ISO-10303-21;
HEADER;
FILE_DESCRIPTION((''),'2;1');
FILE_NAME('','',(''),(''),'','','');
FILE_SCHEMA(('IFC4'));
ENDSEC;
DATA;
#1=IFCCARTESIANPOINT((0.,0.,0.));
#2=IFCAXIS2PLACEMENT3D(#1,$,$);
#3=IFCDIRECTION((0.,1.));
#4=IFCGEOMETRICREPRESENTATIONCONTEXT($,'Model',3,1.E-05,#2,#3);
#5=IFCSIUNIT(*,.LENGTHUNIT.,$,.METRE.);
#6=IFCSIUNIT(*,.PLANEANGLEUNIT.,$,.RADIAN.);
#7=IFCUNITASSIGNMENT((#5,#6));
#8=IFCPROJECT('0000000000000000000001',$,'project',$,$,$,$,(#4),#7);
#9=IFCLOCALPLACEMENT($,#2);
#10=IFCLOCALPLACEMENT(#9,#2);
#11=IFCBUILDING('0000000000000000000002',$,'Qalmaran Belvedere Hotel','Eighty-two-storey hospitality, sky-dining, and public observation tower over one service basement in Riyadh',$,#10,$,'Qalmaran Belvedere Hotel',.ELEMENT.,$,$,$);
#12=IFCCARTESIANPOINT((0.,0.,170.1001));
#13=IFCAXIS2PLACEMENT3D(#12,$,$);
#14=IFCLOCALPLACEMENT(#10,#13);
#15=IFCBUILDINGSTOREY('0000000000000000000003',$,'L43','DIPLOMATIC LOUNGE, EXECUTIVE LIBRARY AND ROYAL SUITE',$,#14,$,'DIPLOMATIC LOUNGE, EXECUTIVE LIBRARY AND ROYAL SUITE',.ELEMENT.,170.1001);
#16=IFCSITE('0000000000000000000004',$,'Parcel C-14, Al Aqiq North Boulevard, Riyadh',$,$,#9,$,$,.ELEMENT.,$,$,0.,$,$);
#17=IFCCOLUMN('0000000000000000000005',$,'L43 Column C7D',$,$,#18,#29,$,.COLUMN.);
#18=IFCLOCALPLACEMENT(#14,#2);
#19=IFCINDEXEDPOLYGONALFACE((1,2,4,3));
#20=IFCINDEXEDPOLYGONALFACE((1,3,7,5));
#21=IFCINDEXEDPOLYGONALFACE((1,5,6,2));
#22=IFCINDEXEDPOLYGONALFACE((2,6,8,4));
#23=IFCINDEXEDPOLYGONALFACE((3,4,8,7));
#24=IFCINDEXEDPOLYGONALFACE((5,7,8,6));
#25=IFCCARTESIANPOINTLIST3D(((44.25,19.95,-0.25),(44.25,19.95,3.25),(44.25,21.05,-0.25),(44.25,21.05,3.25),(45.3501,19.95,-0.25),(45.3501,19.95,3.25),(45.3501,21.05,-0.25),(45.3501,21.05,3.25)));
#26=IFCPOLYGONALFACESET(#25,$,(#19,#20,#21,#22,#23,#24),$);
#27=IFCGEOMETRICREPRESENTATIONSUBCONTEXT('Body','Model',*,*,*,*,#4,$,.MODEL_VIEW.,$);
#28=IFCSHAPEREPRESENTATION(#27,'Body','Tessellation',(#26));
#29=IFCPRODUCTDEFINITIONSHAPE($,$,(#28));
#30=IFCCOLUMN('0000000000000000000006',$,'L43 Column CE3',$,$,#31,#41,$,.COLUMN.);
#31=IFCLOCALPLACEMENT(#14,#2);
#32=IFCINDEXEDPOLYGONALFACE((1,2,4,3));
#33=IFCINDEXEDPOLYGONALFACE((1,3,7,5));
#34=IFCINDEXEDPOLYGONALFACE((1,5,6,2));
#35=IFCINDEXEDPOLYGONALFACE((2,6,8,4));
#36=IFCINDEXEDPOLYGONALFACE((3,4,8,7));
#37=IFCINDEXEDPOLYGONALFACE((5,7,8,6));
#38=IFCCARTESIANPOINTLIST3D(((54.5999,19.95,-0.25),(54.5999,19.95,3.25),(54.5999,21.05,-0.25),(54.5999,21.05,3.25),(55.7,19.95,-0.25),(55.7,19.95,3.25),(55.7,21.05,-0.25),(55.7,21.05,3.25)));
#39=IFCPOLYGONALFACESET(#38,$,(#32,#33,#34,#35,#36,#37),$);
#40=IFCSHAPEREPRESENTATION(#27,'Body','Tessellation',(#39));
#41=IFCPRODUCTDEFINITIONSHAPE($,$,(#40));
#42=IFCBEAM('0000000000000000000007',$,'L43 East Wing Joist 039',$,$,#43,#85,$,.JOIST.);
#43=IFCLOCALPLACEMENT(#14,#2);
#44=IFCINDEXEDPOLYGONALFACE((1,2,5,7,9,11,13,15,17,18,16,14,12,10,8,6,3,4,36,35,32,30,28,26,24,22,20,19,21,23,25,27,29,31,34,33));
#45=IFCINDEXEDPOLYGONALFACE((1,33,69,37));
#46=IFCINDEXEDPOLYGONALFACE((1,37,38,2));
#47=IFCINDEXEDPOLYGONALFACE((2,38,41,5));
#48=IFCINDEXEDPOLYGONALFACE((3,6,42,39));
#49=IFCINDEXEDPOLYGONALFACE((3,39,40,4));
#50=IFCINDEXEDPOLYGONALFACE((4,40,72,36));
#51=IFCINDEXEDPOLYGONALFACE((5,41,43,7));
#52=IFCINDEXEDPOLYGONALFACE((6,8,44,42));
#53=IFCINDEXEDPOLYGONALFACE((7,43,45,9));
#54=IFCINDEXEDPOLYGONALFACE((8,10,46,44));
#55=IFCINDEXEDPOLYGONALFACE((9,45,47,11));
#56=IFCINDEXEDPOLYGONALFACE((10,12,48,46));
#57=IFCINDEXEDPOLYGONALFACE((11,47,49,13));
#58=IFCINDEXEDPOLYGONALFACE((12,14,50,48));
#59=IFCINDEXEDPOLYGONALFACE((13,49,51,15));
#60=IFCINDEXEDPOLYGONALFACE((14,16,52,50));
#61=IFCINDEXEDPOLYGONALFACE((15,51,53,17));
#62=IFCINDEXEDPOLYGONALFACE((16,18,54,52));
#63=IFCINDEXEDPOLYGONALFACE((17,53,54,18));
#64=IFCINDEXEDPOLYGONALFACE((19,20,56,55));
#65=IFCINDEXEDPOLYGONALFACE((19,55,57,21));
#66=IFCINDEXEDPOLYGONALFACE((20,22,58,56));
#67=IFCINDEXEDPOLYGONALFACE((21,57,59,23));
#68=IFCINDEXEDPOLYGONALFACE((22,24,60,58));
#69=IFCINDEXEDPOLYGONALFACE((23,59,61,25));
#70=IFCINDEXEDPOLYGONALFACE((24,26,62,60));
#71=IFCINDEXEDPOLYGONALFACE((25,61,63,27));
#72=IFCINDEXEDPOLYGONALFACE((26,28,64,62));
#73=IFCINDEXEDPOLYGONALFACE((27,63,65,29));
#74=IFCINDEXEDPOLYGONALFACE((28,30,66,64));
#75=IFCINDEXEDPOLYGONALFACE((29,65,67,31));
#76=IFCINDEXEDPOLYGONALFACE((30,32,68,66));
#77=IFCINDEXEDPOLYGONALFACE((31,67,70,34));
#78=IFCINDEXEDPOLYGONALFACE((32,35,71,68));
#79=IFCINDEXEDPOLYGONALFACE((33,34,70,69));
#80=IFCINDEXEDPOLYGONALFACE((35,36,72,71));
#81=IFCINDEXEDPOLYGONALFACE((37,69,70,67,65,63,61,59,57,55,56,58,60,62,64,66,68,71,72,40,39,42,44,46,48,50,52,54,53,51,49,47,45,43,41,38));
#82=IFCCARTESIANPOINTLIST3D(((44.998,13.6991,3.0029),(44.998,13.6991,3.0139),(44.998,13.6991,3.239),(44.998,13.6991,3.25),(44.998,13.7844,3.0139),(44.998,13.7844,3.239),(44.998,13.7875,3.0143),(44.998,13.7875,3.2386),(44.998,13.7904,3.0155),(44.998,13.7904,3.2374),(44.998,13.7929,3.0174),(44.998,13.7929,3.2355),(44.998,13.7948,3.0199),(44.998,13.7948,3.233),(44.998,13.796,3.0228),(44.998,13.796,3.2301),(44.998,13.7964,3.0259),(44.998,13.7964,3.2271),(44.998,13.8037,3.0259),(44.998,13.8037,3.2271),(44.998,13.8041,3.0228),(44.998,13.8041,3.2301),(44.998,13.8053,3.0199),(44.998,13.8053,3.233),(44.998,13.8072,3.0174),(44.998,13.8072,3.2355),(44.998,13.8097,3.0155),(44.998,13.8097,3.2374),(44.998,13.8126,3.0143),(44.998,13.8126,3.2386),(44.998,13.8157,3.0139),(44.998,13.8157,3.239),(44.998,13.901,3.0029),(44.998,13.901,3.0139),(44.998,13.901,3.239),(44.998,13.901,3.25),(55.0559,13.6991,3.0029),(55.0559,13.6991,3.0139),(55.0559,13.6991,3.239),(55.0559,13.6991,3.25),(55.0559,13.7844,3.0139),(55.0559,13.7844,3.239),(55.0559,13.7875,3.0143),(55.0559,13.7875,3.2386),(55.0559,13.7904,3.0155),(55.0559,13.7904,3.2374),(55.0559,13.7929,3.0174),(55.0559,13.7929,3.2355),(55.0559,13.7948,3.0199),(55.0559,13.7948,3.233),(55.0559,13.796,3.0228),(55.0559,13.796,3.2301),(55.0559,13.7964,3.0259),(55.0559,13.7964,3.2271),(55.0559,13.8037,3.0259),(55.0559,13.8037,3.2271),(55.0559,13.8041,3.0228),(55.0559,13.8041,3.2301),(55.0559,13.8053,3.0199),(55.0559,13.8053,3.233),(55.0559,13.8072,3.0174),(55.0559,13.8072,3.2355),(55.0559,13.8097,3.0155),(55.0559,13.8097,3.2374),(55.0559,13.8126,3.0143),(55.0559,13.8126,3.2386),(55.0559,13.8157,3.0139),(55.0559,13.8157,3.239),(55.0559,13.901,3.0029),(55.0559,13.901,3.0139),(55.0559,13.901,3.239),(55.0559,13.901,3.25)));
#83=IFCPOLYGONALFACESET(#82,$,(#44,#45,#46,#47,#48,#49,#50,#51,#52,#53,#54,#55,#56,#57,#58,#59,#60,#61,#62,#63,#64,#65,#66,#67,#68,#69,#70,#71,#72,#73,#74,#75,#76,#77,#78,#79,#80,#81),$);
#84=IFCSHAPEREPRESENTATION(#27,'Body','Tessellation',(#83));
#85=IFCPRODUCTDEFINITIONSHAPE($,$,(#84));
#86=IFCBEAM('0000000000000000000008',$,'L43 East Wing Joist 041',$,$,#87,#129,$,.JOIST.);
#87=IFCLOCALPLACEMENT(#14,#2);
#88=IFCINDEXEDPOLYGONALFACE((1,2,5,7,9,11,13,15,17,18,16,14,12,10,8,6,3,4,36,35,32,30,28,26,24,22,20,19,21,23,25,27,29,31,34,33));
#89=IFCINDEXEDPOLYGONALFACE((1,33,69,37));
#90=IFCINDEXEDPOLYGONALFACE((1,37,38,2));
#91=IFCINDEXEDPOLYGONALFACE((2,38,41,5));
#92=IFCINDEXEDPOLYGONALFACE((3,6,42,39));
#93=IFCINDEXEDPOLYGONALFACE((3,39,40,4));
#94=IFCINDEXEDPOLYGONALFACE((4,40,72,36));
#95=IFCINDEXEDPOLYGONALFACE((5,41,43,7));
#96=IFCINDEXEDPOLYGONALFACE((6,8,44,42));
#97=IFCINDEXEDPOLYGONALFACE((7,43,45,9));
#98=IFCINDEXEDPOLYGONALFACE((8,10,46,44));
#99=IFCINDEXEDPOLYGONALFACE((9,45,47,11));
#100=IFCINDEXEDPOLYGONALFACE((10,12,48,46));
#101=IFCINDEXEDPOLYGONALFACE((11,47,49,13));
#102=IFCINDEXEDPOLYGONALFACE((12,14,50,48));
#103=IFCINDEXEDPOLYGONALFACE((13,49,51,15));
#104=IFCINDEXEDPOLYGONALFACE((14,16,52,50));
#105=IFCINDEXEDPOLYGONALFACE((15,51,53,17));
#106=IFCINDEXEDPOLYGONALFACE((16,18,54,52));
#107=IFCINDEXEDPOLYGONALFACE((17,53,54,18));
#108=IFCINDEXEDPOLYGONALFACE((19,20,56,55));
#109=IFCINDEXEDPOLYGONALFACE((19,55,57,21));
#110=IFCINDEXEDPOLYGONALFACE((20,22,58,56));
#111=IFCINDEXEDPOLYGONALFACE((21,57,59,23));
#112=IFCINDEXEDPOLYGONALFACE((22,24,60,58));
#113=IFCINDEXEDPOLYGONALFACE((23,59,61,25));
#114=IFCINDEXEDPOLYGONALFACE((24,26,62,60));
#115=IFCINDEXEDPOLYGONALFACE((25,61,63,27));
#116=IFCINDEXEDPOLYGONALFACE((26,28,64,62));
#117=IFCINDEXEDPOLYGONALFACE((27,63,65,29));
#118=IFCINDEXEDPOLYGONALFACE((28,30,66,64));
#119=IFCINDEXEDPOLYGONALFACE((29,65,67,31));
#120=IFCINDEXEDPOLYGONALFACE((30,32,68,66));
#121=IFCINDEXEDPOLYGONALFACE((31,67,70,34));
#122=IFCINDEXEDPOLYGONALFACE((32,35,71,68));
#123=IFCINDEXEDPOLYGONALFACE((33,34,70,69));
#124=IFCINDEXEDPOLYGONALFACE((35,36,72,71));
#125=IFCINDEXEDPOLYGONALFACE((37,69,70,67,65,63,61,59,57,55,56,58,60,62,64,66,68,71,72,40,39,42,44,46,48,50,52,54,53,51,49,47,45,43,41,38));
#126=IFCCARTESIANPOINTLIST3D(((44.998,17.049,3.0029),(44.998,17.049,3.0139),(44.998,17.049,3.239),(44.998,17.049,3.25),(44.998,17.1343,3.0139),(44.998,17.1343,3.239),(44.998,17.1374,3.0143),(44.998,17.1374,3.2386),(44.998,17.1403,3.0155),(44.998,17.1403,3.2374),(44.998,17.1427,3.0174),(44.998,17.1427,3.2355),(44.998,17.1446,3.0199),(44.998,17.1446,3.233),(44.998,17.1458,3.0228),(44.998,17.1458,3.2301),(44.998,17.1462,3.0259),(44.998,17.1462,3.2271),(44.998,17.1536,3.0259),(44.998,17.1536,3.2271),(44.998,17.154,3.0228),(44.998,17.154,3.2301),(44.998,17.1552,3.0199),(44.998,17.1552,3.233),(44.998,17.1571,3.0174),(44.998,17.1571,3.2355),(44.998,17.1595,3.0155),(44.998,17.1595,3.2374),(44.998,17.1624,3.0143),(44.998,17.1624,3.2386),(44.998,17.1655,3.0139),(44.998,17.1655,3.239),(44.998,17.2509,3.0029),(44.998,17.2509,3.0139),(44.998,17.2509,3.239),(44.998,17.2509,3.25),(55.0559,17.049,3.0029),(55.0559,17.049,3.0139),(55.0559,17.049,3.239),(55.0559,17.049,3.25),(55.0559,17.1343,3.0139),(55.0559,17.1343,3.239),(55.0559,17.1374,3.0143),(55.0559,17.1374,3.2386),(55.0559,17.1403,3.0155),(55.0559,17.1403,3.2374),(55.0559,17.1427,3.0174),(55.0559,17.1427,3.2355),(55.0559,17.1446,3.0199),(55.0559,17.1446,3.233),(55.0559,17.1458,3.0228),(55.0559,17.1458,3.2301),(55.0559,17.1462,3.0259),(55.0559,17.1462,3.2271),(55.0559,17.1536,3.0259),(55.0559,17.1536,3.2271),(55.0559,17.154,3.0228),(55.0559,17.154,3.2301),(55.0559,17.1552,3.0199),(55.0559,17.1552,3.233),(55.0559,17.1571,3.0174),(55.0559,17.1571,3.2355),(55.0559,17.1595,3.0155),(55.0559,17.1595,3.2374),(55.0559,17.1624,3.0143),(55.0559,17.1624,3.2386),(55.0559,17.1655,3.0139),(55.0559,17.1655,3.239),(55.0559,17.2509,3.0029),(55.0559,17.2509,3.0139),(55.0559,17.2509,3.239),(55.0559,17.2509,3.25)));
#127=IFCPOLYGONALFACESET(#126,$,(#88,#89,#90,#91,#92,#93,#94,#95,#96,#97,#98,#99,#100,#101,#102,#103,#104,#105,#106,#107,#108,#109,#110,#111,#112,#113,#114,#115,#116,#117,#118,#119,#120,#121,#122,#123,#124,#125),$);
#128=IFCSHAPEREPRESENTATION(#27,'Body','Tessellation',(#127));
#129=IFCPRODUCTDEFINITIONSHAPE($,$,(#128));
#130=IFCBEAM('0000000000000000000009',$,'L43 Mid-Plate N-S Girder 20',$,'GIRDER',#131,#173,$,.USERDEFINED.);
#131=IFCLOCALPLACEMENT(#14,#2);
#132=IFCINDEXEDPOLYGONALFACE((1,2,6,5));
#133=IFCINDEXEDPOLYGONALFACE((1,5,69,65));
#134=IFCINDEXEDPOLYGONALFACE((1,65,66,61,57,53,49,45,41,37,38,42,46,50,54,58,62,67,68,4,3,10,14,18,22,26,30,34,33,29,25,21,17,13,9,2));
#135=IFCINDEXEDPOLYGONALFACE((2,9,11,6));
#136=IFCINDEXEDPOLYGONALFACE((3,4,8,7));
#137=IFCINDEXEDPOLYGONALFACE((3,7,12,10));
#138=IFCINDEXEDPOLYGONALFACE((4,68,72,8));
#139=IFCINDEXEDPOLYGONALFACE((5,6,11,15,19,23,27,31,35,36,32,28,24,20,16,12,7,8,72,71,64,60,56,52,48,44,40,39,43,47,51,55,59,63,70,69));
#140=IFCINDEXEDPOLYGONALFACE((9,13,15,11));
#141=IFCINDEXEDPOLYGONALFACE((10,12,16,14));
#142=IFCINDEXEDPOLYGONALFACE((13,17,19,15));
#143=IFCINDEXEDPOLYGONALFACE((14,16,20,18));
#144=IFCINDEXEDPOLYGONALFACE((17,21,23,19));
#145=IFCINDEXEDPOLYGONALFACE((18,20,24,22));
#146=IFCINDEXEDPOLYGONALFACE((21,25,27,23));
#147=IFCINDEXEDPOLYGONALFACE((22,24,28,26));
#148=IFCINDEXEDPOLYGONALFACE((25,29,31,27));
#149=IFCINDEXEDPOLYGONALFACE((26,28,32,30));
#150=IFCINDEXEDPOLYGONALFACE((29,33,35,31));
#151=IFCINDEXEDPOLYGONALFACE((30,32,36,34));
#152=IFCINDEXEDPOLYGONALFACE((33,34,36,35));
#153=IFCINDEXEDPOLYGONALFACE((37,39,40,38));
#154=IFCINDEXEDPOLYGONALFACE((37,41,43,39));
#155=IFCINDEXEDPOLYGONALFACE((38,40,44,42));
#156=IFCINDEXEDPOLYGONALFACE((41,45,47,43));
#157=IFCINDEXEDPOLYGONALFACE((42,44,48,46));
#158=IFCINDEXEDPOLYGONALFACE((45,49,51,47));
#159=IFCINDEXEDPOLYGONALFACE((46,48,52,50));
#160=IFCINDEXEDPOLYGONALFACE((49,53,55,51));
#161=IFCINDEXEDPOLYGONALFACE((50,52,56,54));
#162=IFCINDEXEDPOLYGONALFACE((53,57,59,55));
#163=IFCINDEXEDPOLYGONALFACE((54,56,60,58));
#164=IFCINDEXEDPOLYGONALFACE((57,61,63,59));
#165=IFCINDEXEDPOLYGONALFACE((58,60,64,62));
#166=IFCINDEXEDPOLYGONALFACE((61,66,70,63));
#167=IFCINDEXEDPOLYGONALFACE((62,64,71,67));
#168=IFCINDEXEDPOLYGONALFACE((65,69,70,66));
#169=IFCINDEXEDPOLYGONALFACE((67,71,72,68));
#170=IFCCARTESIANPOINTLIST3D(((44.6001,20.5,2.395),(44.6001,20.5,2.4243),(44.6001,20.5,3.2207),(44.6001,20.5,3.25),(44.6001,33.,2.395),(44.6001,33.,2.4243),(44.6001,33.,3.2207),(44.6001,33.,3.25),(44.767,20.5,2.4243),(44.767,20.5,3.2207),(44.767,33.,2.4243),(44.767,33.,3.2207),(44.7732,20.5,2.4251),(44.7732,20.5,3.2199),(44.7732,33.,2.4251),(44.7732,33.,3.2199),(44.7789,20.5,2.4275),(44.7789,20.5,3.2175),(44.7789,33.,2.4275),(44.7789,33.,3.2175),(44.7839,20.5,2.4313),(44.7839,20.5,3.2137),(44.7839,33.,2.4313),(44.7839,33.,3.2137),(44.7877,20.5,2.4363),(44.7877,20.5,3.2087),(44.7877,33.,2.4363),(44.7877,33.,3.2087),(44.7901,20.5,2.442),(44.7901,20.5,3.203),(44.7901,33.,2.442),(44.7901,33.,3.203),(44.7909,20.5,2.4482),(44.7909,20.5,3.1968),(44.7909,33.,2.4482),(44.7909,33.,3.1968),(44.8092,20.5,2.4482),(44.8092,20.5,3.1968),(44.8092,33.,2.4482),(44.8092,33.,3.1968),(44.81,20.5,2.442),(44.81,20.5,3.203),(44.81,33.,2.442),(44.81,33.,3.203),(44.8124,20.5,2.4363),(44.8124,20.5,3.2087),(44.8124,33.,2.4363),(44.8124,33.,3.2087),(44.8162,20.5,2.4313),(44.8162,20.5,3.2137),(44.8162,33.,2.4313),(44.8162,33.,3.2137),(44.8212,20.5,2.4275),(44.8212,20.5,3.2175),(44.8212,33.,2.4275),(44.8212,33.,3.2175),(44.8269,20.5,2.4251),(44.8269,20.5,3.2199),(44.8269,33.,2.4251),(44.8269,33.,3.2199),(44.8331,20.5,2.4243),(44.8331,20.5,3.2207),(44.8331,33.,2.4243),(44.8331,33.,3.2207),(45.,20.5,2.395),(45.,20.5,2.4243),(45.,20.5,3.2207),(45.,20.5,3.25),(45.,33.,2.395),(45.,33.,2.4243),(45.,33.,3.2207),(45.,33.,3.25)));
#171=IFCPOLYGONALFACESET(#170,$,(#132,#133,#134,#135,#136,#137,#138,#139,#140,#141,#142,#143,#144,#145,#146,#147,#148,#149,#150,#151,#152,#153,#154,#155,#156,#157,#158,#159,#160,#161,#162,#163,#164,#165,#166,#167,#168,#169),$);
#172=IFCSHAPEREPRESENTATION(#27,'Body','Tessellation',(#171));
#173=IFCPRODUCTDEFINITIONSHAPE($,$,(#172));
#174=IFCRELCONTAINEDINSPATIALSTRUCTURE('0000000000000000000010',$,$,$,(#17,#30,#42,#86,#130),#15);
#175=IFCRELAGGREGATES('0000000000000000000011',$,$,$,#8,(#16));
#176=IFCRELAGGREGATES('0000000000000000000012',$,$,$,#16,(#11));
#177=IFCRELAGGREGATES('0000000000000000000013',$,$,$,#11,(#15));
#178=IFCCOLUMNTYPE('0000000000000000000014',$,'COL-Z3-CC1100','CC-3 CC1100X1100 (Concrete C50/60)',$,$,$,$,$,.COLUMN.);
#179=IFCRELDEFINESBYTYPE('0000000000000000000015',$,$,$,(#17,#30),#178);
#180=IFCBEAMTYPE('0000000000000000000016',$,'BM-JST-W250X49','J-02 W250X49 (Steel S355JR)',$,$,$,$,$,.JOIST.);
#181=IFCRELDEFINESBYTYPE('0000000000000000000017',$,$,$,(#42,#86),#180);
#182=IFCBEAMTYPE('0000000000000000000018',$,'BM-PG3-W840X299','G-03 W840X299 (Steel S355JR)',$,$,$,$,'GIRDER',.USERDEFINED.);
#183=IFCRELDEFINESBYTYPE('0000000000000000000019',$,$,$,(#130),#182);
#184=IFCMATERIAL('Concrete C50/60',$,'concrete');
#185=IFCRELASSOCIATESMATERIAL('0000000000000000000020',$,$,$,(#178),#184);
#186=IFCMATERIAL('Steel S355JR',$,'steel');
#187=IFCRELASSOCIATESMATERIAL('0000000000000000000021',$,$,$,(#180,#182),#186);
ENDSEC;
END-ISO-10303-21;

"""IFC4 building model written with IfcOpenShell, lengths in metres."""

from ifc_helpers import new_model, si_unit, direction, frame, origin, origin_2d, place, context, subcontext, project, spatial, rectangle, i_section, extrude, material, material_profile, profile_set, type_object, element, save


model = new_model("IFC4")

# Units and contexts
model_context = context("Model", 3, precision=1e-05, world=origin(), true_north=direction((0.0, 1.0)))
body_context = subcontext(model_context, "Body", "Model", "MODEL_VIEW")
ifc_project = project(units=[si_unit("LENGTHUNIT", "METRE"), si_unit("PLANEANGLEUNIT", "RADIAN")], contexts=[model_context])

# Site, building, storey
site_placement = place(None, origin())
site = spatial("IfcSite", under=ifc_project, at=site_placement, Name="Parcel C-14, Al Aqiq North Boulevard, Riyadh", CompositionType="ELEMENT", RefElevation=0.0)
building_placement = place(site_placement, origin())
building = spatial("IfcBuilding", under=site, at=building_placement, Name="Qalmaran Belvedere Hotel", Description="Eighty-two-storey hospitality, sky-dining, and public observation tower over one service basement in Riyadh", LongName="Qalmaran Belvedere Hotel", CompositionType="ELEMENT")
storey_placement = place(building_placement, frame((0.0, 0.0, 170.1001)))
storey = spatial("IfcBuildingStorey", under=building, at=storey_placement, Name="L43", Description="DIPLOMATIC LOUNGE, EXECUTIVE LIBRARY AND ROYAL SUITE", LongName="DIPLOMATIC LOUNGE, EXECUTIVE LIBRARY AND ROYAL SUITE", CompositionType="ELEMENT", Elevation=170.1001)

# Columns
ifc_material_1 = material(Name="Concrete C50/60", Category="concrete")
ifc_material_profile_1 = material_profile(ifc_material_1, rectangle(XDim=1.1001, YDim=1.1001, at=origin_2d()), Name="CC1100X1100")
ifc_profile_set_1 = profile_set([ifc_material_profile_1], Name="Concrete C50/60")
column_type = type_object("IfcColumnType", Name="COL-Z3-CC1100", Description="CC-3 CC1100X1100 (Concrete C50/60)", PredefinedType="COLUMN", material=ifc_profile_set_1)
for number, where, z_axis, x_axis, name in (
    (1, (44.8, 20.5, -0.25), (0.0, 0.0, 1.0), (1.0, 0.0, 0.0), "L43 Column C7D"),
    (2, (55.1499, 20.5, -0.25), (0.0, 0.0, 1.0), (1.0, 0.0, 0.0), "L43 Column CE3"),
):
    element("IfcColumn", number, at=place(storey_placement, frame(where, z_axis=z_axis, x_axis=x_axis)), inside=storey, type_object=column_type, Name=name, PredefinedType="COLUMN", context=body_context, shape_type="SweptSolid", body=[
        extrude(rectangle(XDim=1.1001, YDim=1.1001, at=origin_2d()), origin(), (0.0, 0.0, 1.0), 3.5),
    ])

# Beams
ifc_material_2 = material(Name="Steel S355JR", Category="steel")
ifc_material_profile_2 = material_profile(ifc_material_2, i_section(OverallWidth=0.2019, OverallDepth=0.2471, WebThickness=0.0073, FlangeThickness=0.011, FilletRadius=0.012, at=origin_2d()), Name="W250X49")
ifc_profile_set_2 = profile_set([ifc_material_profile_2], Name="Steel S355JR")
beam_type_1 = type_object("IfcBeamType", Name="BM-JST-W250X49", Description="J-02 W250X49 (Steel S355JR)", PredefinedType="JOIST", material=ifc_profile_set_2)
for number, where, z_axis, x_axis, name in (
    (3, (44.998, 13.8, 3.1265), (1.0, 0.0, 0.0), (0.0, 1.0, 0.0), "L43 East Wing Joist 039"),
    (4, (44.998, 17.1499, 3.1265), (1.0, 0.0, 0.0), (0.0, 1.0, 0.0), "L43 East Wing Joist 041"),
):
    element("IfcBeam", number, at=place(storey_placement, frame(where, z_axis=z_axis, x_axis=x_axis)), inside=storey, type_object=beam_type_1, Name=name, PredefinedType="JOIST", context=body_context, shape_type="SweptSolid", body=[
        extrude(i_section(OverallWidth=0.2019, OverallDepth=0.2471, WebThickness=0.0073, FlangeThickness=0.011, FilletRadius=0.012, at=origin_2d()), origin(), (0.0, 0.0, 1.0), 10.0579),
    ])
ifc_material_profile_3 = material_profile(ifc_material_2, i_section(OverallWidth=0.3999, OverallDepth=0.855, WebThickness=0.0183, FlangeThickness=0.0293, FilletRadius=0.0239, at=origin_2d()), Name="W840X299")
ifc_profile_set_3 = profile_set([ifc_material_profile_3], Name="Steel S355JR")
beam_type_2 = type_object("IfcBeamType", Name="BM-PG3-W840X299", Description="G-03 W840X299 (Steel S355JR)", ElementType="GIRDER", PredefinedType="USERDEFINED", material=ifc_profile_set_3)
beam_1_placement = place(storey_placement, frame((44.8, 20.5, 2.8225), z_axis=(0.0, 1.0, 0.0), x_axis=(-1.0, 0.0, 0.0)))
element("IfcBeam", 5, at=beam_1_placement, inside=storey, type_object=beam_type_2, Name="L43 Mid-Plate N-S Girder 20", ObjectType="GIRDER", PredefinedType="USERDEFINED", context=body_context, shape_type="SweptSolid", body=[
    extrude(i_section(OverallWidth=0.3999, OverallDepth=0.855, WebThickness=0.0183, FlangeThickness=0.0293, FilletRadius=0.0239, at=origin_2d()), origin(), (0.0, 0.0, 1.0), 12.5),
])

save(model, "model.ifc")
